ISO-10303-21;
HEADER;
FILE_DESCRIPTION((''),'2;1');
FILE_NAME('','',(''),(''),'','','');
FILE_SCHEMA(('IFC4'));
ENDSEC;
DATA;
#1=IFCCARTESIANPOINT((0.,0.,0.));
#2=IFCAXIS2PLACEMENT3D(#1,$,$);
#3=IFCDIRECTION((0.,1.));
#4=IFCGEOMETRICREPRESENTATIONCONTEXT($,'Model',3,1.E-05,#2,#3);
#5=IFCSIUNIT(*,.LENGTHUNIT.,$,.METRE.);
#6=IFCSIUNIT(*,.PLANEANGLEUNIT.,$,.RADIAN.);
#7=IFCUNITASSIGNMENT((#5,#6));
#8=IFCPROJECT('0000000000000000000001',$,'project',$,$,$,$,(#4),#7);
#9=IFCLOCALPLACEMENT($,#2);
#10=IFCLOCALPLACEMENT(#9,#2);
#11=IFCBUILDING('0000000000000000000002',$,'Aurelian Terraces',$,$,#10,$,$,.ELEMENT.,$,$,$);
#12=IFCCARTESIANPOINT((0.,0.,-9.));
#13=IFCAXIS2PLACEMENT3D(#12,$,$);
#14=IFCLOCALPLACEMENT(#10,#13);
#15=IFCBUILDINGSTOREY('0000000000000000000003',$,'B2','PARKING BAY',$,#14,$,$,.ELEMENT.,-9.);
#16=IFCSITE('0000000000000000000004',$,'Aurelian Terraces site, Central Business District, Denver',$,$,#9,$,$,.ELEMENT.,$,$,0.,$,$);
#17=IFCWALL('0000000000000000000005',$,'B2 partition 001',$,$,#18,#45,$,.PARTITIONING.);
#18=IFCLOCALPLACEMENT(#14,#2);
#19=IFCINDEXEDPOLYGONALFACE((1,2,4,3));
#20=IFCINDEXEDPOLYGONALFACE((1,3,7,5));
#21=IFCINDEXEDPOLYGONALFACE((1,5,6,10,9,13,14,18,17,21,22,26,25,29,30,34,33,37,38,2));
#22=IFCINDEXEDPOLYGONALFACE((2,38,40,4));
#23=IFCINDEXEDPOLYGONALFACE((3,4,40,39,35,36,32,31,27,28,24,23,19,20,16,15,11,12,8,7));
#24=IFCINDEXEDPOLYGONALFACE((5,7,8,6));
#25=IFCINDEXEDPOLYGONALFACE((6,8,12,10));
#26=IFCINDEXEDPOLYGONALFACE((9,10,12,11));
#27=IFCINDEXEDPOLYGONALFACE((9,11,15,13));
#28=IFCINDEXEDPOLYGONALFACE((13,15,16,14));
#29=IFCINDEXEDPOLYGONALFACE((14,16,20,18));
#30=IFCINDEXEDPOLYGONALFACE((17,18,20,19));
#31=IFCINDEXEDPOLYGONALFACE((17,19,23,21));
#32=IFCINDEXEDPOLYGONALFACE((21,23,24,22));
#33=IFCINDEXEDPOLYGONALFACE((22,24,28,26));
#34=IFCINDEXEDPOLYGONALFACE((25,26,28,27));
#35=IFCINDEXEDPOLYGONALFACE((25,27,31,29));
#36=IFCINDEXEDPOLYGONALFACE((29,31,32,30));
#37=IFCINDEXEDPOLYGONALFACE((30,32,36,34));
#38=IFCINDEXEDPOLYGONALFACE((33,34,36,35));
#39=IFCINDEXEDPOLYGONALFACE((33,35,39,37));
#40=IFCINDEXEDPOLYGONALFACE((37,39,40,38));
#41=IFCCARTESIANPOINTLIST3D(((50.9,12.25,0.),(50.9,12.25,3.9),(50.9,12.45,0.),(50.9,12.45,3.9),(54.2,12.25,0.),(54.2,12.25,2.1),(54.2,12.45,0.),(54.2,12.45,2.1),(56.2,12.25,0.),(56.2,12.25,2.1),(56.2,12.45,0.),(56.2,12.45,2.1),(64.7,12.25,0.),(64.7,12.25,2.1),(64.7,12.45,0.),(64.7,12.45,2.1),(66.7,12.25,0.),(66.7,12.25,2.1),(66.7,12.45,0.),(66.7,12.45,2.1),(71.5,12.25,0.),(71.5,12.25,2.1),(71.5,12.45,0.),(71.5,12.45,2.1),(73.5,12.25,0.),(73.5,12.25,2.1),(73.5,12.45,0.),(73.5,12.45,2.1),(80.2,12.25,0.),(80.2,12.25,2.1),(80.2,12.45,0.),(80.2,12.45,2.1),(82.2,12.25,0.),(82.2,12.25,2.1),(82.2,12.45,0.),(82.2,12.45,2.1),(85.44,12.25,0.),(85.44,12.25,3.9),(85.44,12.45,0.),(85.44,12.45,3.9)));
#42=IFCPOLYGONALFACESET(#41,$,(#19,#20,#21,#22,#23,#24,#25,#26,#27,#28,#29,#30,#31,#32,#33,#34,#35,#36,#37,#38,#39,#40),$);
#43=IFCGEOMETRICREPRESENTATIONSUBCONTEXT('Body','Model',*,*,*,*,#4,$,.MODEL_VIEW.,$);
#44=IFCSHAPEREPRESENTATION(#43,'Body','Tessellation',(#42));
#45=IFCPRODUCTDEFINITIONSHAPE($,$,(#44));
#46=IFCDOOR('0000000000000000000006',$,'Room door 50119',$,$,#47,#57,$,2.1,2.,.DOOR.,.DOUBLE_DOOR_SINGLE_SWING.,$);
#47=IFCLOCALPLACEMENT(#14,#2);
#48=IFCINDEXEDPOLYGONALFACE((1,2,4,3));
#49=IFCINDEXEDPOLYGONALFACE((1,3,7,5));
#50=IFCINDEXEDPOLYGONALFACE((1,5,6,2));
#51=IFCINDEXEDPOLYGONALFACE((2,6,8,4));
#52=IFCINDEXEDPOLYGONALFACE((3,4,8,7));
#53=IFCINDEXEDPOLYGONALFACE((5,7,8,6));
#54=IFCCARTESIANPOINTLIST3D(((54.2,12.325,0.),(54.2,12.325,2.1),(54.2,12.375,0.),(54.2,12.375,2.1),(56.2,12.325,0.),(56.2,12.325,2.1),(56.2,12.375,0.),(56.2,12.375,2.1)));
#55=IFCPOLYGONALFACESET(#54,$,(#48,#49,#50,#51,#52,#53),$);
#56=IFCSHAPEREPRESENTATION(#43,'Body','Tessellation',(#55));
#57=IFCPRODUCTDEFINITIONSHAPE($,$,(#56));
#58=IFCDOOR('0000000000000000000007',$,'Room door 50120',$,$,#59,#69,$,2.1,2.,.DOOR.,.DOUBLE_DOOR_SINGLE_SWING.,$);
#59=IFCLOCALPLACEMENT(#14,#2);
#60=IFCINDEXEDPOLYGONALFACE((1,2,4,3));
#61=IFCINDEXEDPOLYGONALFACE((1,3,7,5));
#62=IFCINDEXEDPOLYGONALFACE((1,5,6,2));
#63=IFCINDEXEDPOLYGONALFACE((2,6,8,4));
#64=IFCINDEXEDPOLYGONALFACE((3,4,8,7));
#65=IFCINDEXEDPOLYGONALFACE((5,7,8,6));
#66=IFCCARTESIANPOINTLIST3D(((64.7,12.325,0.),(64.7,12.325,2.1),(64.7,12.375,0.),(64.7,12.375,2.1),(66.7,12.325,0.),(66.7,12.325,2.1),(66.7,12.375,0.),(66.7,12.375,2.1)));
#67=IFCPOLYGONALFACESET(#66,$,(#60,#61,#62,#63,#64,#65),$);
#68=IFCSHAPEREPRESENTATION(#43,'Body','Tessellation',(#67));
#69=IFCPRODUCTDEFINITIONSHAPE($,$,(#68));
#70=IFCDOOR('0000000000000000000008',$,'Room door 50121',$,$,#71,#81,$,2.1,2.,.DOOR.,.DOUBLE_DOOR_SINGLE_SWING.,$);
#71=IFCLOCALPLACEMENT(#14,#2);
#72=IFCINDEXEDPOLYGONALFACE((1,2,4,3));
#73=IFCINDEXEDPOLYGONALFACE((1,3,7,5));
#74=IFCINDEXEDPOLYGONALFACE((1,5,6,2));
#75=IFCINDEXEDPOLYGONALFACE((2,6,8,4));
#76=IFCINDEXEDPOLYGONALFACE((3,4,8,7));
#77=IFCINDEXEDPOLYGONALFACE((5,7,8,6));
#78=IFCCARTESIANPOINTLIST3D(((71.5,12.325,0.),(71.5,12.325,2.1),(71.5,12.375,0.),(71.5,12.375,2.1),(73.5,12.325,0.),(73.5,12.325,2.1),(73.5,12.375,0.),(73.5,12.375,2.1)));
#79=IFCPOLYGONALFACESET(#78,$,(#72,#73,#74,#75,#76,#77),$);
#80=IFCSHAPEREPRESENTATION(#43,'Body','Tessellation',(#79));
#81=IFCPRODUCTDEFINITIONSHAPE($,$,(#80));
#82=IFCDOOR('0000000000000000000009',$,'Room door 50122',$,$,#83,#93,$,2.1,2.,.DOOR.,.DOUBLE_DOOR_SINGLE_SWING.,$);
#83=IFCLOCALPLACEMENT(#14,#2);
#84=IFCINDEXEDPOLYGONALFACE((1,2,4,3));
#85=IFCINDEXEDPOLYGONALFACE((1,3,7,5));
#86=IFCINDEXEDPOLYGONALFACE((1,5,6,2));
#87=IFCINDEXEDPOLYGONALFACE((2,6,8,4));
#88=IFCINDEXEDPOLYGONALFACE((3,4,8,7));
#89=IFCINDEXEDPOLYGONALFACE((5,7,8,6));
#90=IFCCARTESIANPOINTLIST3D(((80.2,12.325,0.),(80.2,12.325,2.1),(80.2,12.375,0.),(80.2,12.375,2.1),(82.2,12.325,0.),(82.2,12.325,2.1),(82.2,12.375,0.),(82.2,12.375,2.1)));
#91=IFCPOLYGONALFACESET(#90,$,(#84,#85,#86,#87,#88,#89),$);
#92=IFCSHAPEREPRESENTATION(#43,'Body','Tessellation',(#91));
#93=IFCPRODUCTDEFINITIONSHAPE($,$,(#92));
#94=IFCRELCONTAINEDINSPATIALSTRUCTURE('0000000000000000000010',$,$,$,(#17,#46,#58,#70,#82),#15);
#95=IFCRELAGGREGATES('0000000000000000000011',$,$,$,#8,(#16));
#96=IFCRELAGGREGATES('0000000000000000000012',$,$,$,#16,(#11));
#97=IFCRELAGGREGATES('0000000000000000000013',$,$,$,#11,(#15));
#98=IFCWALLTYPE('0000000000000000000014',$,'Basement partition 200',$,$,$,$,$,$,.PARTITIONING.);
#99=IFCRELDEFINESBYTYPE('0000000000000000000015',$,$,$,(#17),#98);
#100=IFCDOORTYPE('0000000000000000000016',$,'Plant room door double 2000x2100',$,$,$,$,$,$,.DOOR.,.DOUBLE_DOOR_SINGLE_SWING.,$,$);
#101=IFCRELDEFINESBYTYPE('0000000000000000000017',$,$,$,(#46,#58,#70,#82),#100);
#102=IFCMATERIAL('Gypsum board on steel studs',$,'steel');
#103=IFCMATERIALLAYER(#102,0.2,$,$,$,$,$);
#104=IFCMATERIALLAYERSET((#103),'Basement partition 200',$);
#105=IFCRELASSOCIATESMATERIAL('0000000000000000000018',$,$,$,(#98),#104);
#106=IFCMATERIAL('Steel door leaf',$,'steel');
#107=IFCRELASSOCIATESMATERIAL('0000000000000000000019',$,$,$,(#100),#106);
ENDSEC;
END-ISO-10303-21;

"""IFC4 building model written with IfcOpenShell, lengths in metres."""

from ifc_helpers import new_model, si_unit, direction, frame, frame_2d, origin, place, context, subcontext, project, spatial, rectangle, extrude, source, transform, mapped, material, layer, layer_set, type_object, element, fill, save


model = new_model("IFC4")

# Units and contexts
model_context = context("Model", 3, precision=1e-05, world=origin(), true_north=direction((0.0, 1.0)))
body_context = subcontext(model_context, "Body", "Model", "MODEL_VIEW")
ifc_project = project(units=[si_unit("LENGTHUNIT", "METRE"), si_unit("PLANEANGLEUNIT", "RADIAN")], contexts=[model_context])

# Site, building, storey
site_placement = place(None, origin())
site = spatial("IfcSite", under=ifc_project, at=site_placement, Name="Aurelian Terraces site, Central Business District, Denver", CompositionType="ELEMENT", RefElevation=0.0)
building_placement = place(site_placement, origin())
building = spatial("IfcBuilding", under=site, at=building_placement, Name="Aurelian Terraces", CompositionType="ELEMENT")
storey_placement = place(building_placement, frame((0.0, 0.0, -9.0)))
storey = spatial("IfcBuildingStorey", under=building, at=storey_placement, Name="B2", Description="PARKING BAY", CompositionType="ELEMENT", Elevation=-9.0)

# Wall, openings, doors
ifc_material_1 = material(Name="Gypsum board on steel studs", Category="steel")
ifc_layer_1 = layer(ifc_material_1, 0.2)
ifc_layer_set_1 = layer_set([ifc_layer_1], Name="Basement partition 200")
wall_type_1 = type_object("IfcWallType", Name="Basement partition 200", PredefinedType="PARTITIONING", material=ifc_layer_set_1)
shared_shape_1 = source(origin(), body_context, "Body", "SweptSolid", [
    extrude(rectangle(XDim=34.54, YDim=0.2, at=frame_2d((17.27, 0.0))), origin(), (0.0, 0.0, 1.0), 3.9),
])
wall_1_placement = place(storey_placement, frame((50.9, 12.35, 0.0), z_axis=(0.0, 0.0, 1.0), x_axis=(1.0, 0.0, 0.0)))
wall_1 = element("IfcWall", 1, at=wall_1_placement, inside=storey, type_object=wall_type_1, Name="B2 partition 001", PredefinedType="PARTITIONING", context=body_context, shape_type="MappedRepresentation", body=[
    mapped(shared_shape_1, transform((0.0, 0.0, 0.0), scale=1.0)),
])
shared_shape_2 = source(origin(), body_context, "Body", "SweptSolid", [
    extrude(rectangle(XDim=2.0, YDim=2.1, at=frame_2d((1.0, 1.05))), frame((0.0, 0.11, 0.0), z_axis=(0.0, -1.0, 0.0), x_axis=(1.0, 0.0, 0.0)), (0.0, 0.0, 1.0), 0.22),
])
opening_1_placement = place(wall_1_placement, frame((3.3, 0.0, 0.0)))
opening_1 = element("IfcOpeningElement", 2, at=opening_1_placement, cuts=wall_1, PredefinedType="OPENING", context=body_context, shape_type="MappedRepresentation", body=[
    mapped(shared_shape_2, transform((0.0, 0.0, 0.0), scale=1.0)),
])
opening_2_placement = place(wall_1_placement, frame((13.8, 0.0, 0.0)))
opening_2 = element("IfcOpeningElement", 3, at=opening_2_placement, cuts=wall_1, PredefinedType="OPENING", context=body_context, shape_type="MappedRepresentation", body=[
    mapped(shared_shape_2, transform((0.0, 0.0, 0.0), scale=1.0)),
])
opening_3_placement = place(wall_1_placement, frame((20.6, 0.0, 0.0)))
opening_3 = element("IfcOpeningElement", 4, at=opening_3_placement, cuts=wall_1, PredefinedType="OPENING", context=body_context, shape_type="MappedRepresentation", body=[
    mapped(shared_shape_2, transform((0.0, 0.0, 0.0), scale=1.0)),
])
opening_4_placement = place(wall_1_placement, frame((29.3, 0.0, 0.0)))
opening_4 = element("IfcOpeningElement", 5, at=opening_4_placement, cuts=wall_1, PredefinedType="OPENING", context=body_context, shape_type="MappedRepresentation", body=[
    mapped(shared_shape_2, transform((0.0, 0.0, 0.0), scale=1.0)),
])
ifc_material_2 = material(Name="Steel door leaf", Category="steel")
door_type_1 = type_object("IfcDoorType", Name="Plant room door double 2000x2100", OperationType="DOUBLE_DOOR_SINGLE_SWING", PredefinedType="DOOR", material=ifc_material_2)
shared_shape_3 = source(origin(), body_context, "Body", "SweptSolid", [
    extrude(rectangle(XDim=2.0, YDim=2.1, at=frame_2d((1.0, 1.05))), frame((0.0, 0.025, 0.0), z_axis=(0.0, -1.0, 0.0), x_axis=(1.0, 0.0, 0.0)), (0.0, 0.0, 1.0), 0.05),
])
door_1_placement = place(opening_1_placement, origin())
door_1 = element("IfcDoor", 6, at=door_1_placement, inside=storey, type_object=door_type_1, Name="Room door 50119", OperationType="DOUBLE_DOOR_SINGLE_SWING", OverallHeight=2.1, OverallWidth=2.0, PredefinedType="DOOR", context=body_context, shape_type="MappedRepresentation", body=[
    mapped(shared_shape_3, transform((0.0, 0.0, 0.0), scale=1.0)),
])
fill(opening_1, door_1)
door_2_placement = place(opening_2_placement, origin())
door_2 = element("IfcDoor", 7, at=door_2_placement, inside=storey, type_object=door_type_1, Name="Room door 50120", OperationType="DOUBLE_DOOR_SINGLE_SWING", OverallHeight=2.1, OverallWidth=2.0, PredefinedType="DOOR", context=body_context, shape_type="MappedRepresentation", body=[
    mapped(shared_shape_3, transform((0.0, 0.0, 0.0), scale=1.0)),
])
fill(opening_2, door_2)
door_3_placement = place(opening_3_placement, origin())
door_3 = element("IfcDoor", 8, at=door_3_placement, inside=storey, type_object=door_type_1, Name="Room door 50121", OperationType="DOUBLE_DOOR_SINGLE_SWING", OverallHeight=2.1, OverallWidth=2.0, PredefinedType="DOOR", context=body_context, shape_type="MappedRepresentation", body=[
    mapped(shared_shape_3, transform((0.0, 0.0, 0.0), scale=1.0)),
])
fill(opening_3, door_3)
door_4_placement = place(opening_4_placement, origin())
door_4 = element("IfcDoor", 9, at=door_4_placement, inside=storey, type_object=door_type_1, Name="Room door 50122", OperationType="DOUBLE_DOOR_SINGLE_SWING", OverallHeight=2.1, OverallWidth=2.0, PredefinedType="DOOR", context=body_context, shape_type="MappedRepresentation", body=[
    mapped(shared_shape_3, transform((0.0, 0.0, 0.0), scale=1.0)),
])
fill(opening_4, door_4)

save(model, "model.ifc")
